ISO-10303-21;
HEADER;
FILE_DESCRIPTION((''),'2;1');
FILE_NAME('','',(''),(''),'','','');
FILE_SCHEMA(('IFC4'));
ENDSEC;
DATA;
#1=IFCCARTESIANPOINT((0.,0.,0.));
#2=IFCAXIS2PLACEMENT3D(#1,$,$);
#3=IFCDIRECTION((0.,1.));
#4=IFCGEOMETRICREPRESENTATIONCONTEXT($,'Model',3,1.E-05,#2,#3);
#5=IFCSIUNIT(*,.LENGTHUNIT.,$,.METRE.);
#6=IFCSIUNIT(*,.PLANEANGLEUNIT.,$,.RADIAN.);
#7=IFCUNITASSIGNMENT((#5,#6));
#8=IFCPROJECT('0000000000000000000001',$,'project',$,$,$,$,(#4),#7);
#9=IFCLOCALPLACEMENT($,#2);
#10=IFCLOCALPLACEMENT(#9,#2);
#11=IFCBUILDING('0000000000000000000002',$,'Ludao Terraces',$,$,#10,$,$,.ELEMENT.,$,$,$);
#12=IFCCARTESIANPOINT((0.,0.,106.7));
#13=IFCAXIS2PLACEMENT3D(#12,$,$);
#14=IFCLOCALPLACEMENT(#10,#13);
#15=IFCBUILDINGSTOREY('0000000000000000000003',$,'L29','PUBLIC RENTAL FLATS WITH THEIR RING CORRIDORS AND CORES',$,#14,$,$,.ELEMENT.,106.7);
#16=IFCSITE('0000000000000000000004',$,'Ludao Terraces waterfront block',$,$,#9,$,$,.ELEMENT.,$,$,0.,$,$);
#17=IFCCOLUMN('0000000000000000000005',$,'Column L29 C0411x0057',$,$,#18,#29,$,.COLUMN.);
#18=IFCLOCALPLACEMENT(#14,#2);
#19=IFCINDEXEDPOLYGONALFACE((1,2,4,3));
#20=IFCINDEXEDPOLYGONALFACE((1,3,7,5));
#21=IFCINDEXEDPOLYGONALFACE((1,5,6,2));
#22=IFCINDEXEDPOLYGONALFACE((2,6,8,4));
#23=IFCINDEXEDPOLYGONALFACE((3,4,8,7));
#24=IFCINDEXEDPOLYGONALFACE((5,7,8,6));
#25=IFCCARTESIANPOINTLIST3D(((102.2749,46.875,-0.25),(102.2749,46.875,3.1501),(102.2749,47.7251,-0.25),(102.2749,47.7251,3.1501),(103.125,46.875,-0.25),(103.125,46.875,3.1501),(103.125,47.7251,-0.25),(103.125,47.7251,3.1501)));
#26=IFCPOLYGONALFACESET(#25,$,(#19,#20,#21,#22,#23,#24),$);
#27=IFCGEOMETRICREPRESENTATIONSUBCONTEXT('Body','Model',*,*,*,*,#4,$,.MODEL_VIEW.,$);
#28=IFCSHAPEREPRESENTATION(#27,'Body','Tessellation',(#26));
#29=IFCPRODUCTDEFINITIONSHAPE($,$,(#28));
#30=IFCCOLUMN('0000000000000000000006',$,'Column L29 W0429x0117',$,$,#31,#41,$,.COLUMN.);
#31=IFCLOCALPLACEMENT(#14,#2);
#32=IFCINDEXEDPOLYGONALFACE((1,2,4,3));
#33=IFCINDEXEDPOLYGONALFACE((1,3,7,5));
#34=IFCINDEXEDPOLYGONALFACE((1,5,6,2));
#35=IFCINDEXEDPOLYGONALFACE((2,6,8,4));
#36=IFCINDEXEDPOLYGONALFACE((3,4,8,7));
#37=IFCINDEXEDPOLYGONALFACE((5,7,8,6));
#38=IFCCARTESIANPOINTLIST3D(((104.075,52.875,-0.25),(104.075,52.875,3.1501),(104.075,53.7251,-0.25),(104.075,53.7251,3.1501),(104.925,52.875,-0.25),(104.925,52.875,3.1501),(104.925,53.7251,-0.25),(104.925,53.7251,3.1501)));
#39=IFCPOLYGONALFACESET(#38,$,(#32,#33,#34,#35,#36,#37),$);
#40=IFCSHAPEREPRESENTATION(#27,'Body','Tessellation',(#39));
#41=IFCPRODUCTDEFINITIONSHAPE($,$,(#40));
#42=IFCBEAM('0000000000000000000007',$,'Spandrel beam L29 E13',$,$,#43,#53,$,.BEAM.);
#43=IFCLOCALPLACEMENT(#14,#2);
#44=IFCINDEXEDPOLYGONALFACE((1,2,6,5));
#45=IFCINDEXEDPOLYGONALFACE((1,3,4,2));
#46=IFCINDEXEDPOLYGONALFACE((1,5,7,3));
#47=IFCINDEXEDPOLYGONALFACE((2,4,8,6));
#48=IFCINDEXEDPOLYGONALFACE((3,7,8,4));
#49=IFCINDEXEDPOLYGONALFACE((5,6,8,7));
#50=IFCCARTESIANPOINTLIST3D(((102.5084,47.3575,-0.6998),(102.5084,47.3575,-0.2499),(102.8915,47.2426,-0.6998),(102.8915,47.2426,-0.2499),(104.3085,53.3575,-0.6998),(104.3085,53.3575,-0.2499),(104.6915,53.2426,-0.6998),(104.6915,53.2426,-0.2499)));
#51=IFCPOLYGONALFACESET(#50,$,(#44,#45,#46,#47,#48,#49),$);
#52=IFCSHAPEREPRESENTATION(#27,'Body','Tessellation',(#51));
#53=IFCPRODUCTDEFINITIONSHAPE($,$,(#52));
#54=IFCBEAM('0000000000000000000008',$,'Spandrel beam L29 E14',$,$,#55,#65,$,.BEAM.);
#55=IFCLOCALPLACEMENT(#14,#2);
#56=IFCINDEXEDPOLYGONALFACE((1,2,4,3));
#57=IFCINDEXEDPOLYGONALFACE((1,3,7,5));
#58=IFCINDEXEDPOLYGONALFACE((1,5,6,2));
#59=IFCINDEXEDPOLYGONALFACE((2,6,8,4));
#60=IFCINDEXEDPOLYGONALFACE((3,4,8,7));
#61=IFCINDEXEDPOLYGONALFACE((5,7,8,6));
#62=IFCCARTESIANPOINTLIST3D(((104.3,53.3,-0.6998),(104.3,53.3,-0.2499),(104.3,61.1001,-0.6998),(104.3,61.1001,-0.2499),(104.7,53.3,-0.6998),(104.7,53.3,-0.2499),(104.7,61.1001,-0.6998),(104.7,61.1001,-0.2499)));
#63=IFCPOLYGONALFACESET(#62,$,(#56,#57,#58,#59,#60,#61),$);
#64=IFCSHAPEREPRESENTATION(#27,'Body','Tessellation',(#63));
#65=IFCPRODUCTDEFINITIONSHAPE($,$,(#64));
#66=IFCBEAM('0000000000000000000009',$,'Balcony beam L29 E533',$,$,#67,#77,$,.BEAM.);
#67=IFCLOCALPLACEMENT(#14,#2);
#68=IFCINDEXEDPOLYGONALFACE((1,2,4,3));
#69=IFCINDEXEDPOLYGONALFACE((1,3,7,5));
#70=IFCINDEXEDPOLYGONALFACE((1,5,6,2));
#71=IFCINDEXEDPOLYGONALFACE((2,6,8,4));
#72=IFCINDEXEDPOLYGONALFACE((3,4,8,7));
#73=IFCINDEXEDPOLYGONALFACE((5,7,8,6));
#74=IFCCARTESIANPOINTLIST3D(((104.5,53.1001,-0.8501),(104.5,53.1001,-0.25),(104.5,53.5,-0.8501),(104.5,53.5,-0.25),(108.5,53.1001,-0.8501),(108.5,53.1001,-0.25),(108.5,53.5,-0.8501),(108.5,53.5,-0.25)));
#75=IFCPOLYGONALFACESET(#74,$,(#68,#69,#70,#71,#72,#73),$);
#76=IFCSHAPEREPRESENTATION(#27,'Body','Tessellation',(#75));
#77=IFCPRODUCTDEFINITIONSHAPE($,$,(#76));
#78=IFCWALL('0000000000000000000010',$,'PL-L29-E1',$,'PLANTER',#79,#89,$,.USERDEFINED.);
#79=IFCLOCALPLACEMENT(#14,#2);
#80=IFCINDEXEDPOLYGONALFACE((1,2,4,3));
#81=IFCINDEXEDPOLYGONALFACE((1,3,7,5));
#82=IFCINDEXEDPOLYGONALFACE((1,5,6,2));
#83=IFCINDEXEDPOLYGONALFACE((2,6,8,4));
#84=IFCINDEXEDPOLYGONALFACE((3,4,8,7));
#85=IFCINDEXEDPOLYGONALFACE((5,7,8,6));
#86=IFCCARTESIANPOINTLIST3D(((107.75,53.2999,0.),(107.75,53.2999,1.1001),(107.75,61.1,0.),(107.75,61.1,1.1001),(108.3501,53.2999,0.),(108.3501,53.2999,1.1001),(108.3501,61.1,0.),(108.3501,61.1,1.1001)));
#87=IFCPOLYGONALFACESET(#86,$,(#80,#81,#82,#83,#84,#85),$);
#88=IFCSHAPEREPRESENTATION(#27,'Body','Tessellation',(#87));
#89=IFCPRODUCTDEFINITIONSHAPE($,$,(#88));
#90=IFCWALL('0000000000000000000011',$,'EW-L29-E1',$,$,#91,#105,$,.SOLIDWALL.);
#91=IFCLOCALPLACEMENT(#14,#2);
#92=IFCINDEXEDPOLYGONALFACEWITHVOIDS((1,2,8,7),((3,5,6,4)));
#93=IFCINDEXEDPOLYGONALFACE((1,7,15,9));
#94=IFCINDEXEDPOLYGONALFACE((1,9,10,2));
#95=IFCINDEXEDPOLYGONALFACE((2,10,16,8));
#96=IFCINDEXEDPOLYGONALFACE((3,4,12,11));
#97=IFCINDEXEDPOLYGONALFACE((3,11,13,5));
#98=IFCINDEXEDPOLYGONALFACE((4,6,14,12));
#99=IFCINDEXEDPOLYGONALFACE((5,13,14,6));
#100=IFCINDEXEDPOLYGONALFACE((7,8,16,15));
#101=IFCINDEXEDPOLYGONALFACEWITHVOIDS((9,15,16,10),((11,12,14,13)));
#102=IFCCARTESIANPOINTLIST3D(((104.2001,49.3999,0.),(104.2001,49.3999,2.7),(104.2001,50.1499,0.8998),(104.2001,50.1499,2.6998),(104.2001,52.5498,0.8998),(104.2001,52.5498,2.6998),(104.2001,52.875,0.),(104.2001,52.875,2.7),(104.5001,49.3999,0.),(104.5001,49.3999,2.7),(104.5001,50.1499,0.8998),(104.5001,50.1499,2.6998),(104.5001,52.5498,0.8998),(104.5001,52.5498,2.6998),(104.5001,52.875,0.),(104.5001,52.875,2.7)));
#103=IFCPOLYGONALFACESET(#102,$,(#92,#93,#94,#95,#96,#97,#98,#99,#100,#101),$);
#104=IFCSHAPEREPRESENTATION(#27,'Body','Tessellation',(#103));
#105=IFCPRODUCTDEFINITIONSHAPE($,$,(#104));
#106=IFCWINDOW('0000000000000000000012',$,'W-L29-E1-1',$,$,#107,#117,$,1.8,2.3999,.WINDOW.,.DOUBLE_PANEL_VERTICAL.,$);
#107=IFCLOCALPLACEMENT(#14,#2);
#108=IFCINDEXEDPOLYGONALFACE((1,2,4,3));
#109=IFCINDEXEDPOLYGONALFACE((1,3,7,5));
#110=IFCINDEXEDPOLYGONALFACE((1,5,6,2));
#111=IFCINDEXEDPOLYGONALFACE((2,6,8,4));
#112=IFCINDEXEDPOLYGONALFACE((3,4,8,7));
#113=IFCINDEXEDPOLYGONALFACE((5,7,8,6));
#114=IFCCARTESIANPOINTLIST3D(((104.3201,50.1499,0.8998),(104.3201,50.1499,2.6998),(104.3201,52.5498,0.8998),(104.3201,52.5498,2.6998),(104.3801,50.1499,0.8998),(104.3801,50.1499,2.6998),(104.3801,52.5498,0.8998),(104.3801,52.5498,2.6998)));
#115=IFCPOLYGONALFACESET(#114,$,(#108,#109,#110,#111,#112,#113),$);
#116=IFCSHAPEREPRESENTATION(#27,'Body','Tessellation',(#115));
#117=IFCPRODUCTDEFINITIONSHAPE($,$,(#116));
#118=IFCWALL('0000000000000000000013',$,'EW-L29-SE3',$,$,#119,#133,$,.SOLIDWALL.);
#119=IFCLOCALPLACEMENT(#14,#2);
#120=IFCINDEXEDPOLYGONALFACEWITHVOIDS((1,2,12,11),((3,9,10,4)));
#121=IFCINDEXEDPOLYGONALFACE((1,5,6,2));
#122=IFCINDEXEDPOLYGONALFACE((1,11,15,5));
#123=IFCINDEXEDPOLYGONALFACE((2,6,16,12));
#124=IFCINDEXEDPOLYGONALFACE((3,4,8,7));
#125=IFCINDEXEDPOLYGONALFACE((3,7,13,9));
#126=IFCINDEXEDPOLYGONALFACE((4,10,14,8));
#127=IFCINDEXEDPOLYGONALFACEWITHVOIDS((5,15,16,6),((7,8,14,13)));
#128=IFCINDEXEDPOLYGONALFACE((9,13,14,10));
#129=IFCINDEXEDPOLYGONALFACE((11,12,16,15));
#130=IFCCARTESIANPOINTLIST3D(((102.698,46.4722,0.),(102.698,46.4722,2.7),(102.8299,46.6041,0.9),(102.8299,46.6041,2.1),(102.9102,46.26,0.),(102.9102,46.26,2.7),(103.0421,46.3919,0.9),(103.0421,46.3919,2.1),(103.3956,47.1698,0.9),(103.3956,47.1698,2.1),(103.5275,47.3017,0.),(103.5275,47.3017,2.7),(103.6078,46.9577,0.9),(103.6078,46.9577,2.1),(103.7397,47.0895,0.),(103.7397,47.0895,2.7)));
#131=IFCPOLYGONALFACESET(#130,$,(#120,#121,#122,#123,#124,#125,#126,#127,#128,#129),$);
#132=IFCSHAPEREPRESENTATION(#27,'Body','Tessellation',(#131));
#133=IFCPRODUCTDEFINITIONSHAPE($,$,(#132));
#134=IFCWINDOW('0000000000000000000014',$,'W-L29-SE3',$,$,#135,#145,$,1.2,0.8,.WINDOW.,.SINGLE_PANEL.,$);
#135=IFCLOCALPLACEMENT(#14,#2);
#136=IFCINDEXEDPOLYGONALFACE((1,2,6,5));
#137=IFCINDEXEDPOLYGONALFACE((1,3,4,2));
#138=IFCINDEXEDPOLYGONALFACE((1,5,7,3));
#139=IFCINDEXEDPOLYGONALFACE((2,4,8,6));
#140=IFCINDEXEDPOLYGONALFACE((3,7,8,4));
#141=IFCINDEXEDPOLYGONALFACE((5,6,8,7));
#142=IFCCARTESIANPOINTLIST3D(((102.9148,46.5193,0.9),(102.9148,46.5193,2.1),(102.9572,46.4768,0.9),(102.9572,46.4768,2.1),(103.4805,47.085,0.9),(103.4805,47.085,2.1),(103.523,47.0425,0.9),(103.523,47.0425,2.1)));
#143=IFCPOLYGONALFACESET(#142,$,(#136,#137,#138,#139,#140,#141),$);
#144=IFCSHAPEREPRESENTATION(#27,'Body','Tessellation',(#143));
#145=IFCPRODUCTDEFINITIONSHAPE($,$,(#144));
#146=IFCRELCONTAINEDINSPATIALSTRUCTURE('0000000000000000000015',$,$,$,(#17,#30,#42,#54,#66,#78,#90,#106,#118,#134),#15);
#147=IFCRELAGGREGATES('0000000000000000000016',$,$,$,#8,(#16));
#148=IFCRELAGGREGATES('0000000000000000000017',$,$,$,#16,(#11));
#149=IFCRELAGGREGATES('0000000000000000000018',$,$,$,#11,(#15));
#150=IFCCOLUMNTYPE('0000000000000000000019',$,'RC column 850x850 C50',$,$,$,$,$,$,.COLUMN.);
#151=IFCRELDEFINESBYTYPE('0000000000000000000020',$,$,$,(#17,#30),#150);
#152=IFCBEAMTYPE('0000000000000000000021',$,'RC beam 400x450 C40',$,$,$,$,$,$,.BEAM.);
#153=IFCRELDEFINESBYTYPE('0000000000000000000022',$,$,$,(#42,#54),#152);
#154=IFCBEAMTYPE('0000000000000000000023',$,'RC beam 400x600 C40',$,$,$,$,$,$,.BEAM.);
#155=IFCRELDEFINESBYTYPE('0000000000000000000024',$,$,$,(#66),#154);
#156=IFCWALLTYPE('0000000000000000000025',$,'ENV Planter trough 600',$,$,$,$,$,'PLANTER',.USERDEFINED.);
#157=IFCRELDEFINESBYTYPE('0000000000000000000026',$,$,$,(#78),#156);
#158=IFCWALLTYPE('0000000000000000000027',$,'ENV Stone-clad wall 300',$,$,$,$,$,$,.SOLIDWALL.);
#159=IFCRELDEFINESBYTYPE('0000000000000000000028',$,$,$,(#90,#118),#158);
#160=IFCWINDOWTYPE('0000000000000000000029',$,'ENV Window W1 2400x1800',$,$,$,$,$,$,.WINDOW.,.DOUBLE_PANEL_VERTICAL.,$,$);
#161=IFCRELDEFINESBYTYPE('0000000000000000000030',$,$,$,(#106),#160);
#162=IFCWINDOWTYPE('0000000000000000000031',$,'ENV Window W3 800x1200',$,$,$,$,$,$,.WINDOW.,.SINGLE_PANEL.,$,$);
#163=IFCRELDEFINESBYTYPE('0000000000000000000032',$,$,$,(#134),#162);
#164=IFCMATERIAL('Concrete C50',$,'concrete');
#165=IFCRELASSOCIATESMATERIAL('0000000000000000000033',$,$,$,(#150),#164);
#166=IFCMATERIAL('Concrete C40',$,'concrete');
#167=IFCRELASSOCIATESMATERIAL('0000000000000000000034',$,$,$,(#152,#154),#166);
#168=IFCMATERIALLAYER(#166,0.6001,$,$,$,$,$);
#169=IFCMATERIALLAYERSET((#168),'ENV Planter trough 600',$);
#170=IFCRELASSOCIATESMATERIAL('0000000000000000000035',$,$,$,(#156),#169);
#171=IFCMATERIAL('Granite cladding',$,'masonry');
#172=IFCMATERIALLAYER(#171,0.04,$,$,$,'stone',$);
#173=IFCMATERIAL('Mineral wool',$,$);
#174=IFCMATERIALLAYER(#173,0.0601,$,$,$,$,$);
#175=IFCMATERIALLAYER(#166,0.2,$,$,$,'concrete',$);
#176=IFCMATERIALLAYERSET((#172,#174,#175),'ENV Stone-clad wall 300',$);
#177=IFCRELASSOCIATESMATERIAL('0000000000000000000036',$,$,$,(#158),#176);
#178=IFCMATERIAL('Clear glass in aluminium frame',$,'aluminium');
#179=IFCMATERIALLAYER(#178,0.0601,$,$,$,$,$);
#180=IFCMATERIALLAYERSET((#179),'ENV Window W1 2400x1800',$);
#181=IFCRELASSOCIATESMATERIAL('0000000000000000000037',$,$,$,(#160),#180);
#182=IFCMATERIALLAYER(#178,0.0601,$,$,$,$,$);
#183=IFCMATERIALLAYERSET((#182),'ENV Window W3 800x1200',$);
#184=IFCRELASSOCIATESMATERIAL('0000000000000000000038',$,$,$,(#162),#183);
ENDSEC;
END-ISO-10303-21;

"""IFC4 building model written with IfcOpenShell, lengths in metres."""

from ifc_helpers import new_model, si_unit, direction, frame, frame_2d, origin, origin_2d, place, context, subcontext, project, spatial, rectangle, extrude, material, layer, layer_set, material_profile, profile_set, type_object, element, fill, save


model = new_model("IFC4")

# Units and contexts
model_context = context("Model", 3, precision=1e-05, world=origin(), true_north=direction((0.0, 1.0)))
body_context = subcontext(model_context, "Body", "Model", "MODEL_VIEW")
ifc_project = project(units=[si_unit("LENGTHUNIT", "METRE"), si_unit("PLANEANGLEUNIT", "RADIAN")], contexts=[model_context])

# Site, building, storey
site_placement = place(None, origin())
site = spatial("IfcSite", under=ifc_project, at=site_placement, Name="Ludao Terraces waterfront block", CompositionType="ELEMENT", RefElevation=0.0)
building_placement = place(site_placement, origin())
building = spatial("IfcBuilding", under=site, at=building_placement, Name="Ludao Terraces", CompositionType="ELEMENT")
storey_placement = place(building_placement, frame((0.0, 0.0, 106.7)))
storey = spatial("IfcBuildingStorey", under=building, at=storey_placement, Name="L29", Description="PUBLIC RENTAL FLATS WITH THEIR RING CORRIDORS AND CORES", CompositionType="ELEMENT", Elevation=106.7)

# Columns
ifc_material_1 = material(Name="Concrete C50", Category="concrete")
ifc_material_profile_1 = material_profile(ifc_material_1, rectangle(XDim=0.8501, YDim=0.8501, at=origin_2d()), Name="850 X 850")
ifc_profile_set_1 = profile_set([ifc_material_profile_1], Name="Concrete C50")
column_type = type_object("IfcColumnType", Name="RC column 850x850 C50", PredefinedType="COLUMN", material=ifc_profile_set_1)
for number, where, z_axis, x_axis, name in (
    (1, (102.7, 47.3, -0.25), (0.0, 0.0, 1.0), (1.0, 0.0, 0.0), "Column L29 C0411x0057"),
    (2, (104.5, 53.3, -0.25), (0.0, 0.0, 1.0), (1.0, 0.0, 0.0), "Column L29 W0429x0117"),
):
    element("IfcColumn", number, at=place(storey_placement, frame(where, z_axis=z_axis, x_axis=x_axis)), inside=storey, type_object=column_type, Name=name, PredefinedType="COLUMN", context=body_context, shape_type="SweptSolid", body=[
        extrude(rectangle(XDim=0.8501, YDim=0.8501, at=origin_2d()), origin(), (0.0, 0.0, 1.0), 3.4001),
    ])

# Beams
ifc_material_2 = material(Name="Concrete C40", Category="concrete")
ifc_material_profile_2 = material_profile(ifc_material_2, rectangle(XDim=0.3999, YDim=0.45, at=origin_2d()), Name="400 X 450")
ifc_profile_set_2 = profile_set([ifc_material_profile_2], Name="Concrete C40")
beam_type_1 = type_object("IfcBeamType", Name="RC beam 400x450 C40", PredefinedType="BEAM", material=ifc_profile_set_2)
beam_1_placement = place(storey_placement, frame((102.7, 47.3, -0.4749), z_axis=(0.287355, 0.957824, 0.0), x_axis=(-0.957824, 0.287355, 0.0)))
element("IfcBeam", 3, at=beam_1_placement, inside=storey, type_object=beam_type_1, Name="Spandrel beam L29 E13", PredefinedType="BEAM", context=body_context, shape_type="SweptSolid", body=[
    extrude(rectangle(XDim=0.3999, YDim=0.45, at=origin_2d()), origin(), (0.0, 0.0, 1.0), 6.2642),
])
beam_2_placement = place(storey_placement, frame((104.5, 53.3, -0.4749), z_axis=(0.0, 1.0, 0.0), x_axis=(-1.0, 0.0, 0.0)))
element("IfcBeam", 4, at=beam_2_placement, inside=storey, type_object=beam_type_1, Name="Spandrel beam L29 E14", PredefinedType="BEAM", context=body_context, shape_type="SweptSolid", body=[
    extrude(rectangle(XDim=0.3999, YDim=0.45, at=origin_2d()), origin(), (0.0, 0.0, 1.0), 7.8),
])
ifc_material_profile_3 = material_profile(ifc_material_2, rectangle(XDim=0.3999, YDim=0.6001, at=origin_2d()), Name="400 X 600")
ifc_profile_set_3 = profile_set([ifc_material_profile_3], Name="Concrete C40")
beam_type_2 = type_object("IfcBeamType", Name="RC beam 400x600 C40", PredefinedType="BEAM", material=ifc_profile_set_3)
beam_3_placement = place(storey_placement, frame((104.5, 53.3, -0.55), z_axis=(1.0, 0.0, 0.0), x_axis=(0.0, 1.0, 0.0)))
element("IfcBeam", 5, at=beam_3_placement, inside=storey, type_object=beam_type_2, Name="Balcony beam L29 E533", PredefinedType="BEAM", context=body_context, shape_type="SweptSolid", body=[
    extrude(rectangle(XDim=0.3999, YDim=0.6001, at=origin_2d()), origin(), (0.0, 0.0, 1.0), 4.0),
])

# Wall
ifc_layer_1 = layer(ifc_material_2, 0.6001)
ifc_layer_set_1 = layer_set([ifc_layer_1], Name="ENV Planter trough 600")
wall_type_1 = type_object("IfcWallType", Name="ENV Planter trough 600", ElementType="PLANTER", PredefinedType="USERDEFINED", material=ifc_layer_set_1)
wall_1_placement = place(storey_placement, frame((108.05, 53.3, 0.0), z_axis=(0.0, 0.0, 1.0), x_axis=(0.0, 1.0, 0.0)))
element("IfcWall", 6, at=wall_1_placement, inside=storey, type_object=wall_type_1, Name="PL-L29-E1", ObjectType="PLANTER", PredefinedType="USERDEFINED", context=body_context, shape_type="SweptSolid", body=[
    extrude(rectangle(XDim=7.8, YDim=0.6001, at=frame_2d((3.8999, 0.0))), origin(), (0.0, 0.0, 1.0), 1.1001),
])

# Walls, openings, windows
ifc_material_3 = material(Name="Granite cladding", Category="masonry")
ifc_layer_2 = layer(ifc_material_3, 0.04, Category="stone")
ifc_material_4 = material(Name="Mineral wool")
ifc_layer_3 = layer(ifc_material_4, 0.0601)
ifc_layer_4 = layer(ifc_material_2, 0.2, Category="concrete")
ifc_layer_set_2 = layer_set([ifc_layer_2, ifc_layer_3, ifc_layer_4], Name="ENV Stone-clad wall 300")
wall_type_2 = type_object("IfcWallType", Name="ENV Stone-clad wall 300", PredefinedType="SOLIDWALL", material=ifc_layer_set_2)
wall_2_placement = place(storey_placement, frame((104.3501, 49.3999, 0.0), z_axis=(0.0, 0.0, 1.0), x_axis=(0.0, 1.0, 0.0)))
wall_2 = element("IfcWall", 7, at=wall_2_placement, inside=storey, type_object=wall_type_2, Name="EW-L29-E1", PredefinedType="SOLIDWALL", context=body_context, shape_type="SweptSolid", body=[
    extrude(rectangle(XDim=3.4751, YDim=0.3, at=frame_2d((1.7375, 0.0))), origin(), (0.0, 0.0, 1.0), 2.7),
])
opening_1_placement = place(wall_2_placement, frame((0.75, 0.0, 0.8999)))
opening_1 = element("IfcOpeningElement", 8, at=opening_1_placement, cuts=wall_2, PredefinedType="OPENING", context=body_context, shape_type="SweptSolid", body=[
    extrude(rectangle(XDim=2.3999, YDim=1.8, at=frame_2d((1.2, 0.8999))), frame((0.0, 0.1602, 0.0), z_axis=(0.0, -1.0, 0.0), x_axis=(1.0, 0.0, 0.0)), (0.0, 0.0, 1.0), 0.3201),
])
ifc_material_5 = material(Name="Clear glass in aluminium frame", Category="aluminium")
ifc_layer_5 = layer(ifc_material_5, 0.0601)
ifc_layer_set_3 = layer_set([ifc_layer_5], Name="ENV Window W1 2400x1800")
window_type_1 = type_object("IfcWindowType", Name="ENV Window W1 2400x1800", PartitioningType="DOUBLE_PANEL_VERTICAL", PredefinedType="WINDOW", material=ifc_layer_set_3)
window_1_placement = place(opening_1_placement, origin())
window_1 = element("IfcWindow", 9, at=window_1_placement, inside=storey, type_object=window_type_1, Name="W-L29-E1-1", OverallHeight=1.8, OverallWidth=2.3999, PartitioningType="DOUBLE_PANEL_VERTICAL", PredefinedType="WINDOW", context=body_context, shape_type="SweptSolid", body=[
    extrude(rectangle(XDim=2.3999, YDim=1.8, at=frame_2d((1.2, 0.8999))), frame((0.0, 0.03, 0.0), z_axis=(0.0, -1.0, 0.0), x_axis=(1.0, 0.0, 0.0)), (0.0, 0.0, 1.0), 0.0601),
])
fill(opening_1, window_1)
wall_3_placement = place(storey_placement, frame((102.8042, 46.3662, 0.0), z_axis=(0.0, 0.0, 1.0), x_axis=(0.707107, 0.707107, 0.0)))
wall_3 = element("IfcWall", 10, at=wall_3_placement, inside=storey, type_object=wall_type_2, Name="EW-L29-SE3", PredefinedType="SOLIDWALL", context=body_context, shape_type="SweptSolid", body=[
    extrude(rectangle(XDim=1.1731, YDim=0.3, at=frame_2d((0.5864, 0.0))), origin(), (0.0, 0.0, 1.0), 2.7),
])
opening_2_placement = place(wall_3_placement, frame((0.1865, 0.0, 0.8999)))
opening_2 = element("IfcOpeningElement", 11, at=opening_2_placement, cuts=wall_3, PredefinedType="OPENING", context=body_context, shape_type="SweptSolid", body=[
    extrude(rectangle(XDim=0.8, YDim=1.2, at=frame_2d((0.3999, 0.6001))), frame((0.0, 0.1602, 0.0), z_axis=(0.0, -1.0, 0.0), x_axis=(1.0, 0.0, 0.0)), (0.0, 0.0, 1.0), 0.3201),
])
ifc_layer_6 = layer(ifc_material_5, 0.0601)
ifc_layer_set_4 = layer_set([ifc_layer_6], Name="ENV Window W3 800x1200")
window_type_2 = type_object("IfcWindowType", Name="ENV Window W3 800x1200", PartitioningType="SINGLE_PANEL", PredefinedType="WINDOW", material=ifc_layer_set_4)
window_2_placement = place(opening_2_placement, origin())
window_2 = element("IfcWindow", 12, at=window_2_placement, inside=storey, type_object=window_type_2, Name="W-L29-SE3", OverallHeight=1.2, OverallWidth=0.8, PartitioningType="SINGLE_PANEL", PredefinedType="WINDOW", context=body_context, shape_type="SweptSolid", body=[
    extrude(rectangle(XDim=0.8, YDim=1.2, at=frame_2d((0.3999, 0.6001))), frame((0.0, 0.03, 0.0), z_axis=(0.0, -1.0, 0.0), x_axis=(1.0, 0.0, 0.0)), (0.0, 0.0, 1.0), 0.0601),
])
fill(opening_2, window_2)

save(model, "model.ifc")
